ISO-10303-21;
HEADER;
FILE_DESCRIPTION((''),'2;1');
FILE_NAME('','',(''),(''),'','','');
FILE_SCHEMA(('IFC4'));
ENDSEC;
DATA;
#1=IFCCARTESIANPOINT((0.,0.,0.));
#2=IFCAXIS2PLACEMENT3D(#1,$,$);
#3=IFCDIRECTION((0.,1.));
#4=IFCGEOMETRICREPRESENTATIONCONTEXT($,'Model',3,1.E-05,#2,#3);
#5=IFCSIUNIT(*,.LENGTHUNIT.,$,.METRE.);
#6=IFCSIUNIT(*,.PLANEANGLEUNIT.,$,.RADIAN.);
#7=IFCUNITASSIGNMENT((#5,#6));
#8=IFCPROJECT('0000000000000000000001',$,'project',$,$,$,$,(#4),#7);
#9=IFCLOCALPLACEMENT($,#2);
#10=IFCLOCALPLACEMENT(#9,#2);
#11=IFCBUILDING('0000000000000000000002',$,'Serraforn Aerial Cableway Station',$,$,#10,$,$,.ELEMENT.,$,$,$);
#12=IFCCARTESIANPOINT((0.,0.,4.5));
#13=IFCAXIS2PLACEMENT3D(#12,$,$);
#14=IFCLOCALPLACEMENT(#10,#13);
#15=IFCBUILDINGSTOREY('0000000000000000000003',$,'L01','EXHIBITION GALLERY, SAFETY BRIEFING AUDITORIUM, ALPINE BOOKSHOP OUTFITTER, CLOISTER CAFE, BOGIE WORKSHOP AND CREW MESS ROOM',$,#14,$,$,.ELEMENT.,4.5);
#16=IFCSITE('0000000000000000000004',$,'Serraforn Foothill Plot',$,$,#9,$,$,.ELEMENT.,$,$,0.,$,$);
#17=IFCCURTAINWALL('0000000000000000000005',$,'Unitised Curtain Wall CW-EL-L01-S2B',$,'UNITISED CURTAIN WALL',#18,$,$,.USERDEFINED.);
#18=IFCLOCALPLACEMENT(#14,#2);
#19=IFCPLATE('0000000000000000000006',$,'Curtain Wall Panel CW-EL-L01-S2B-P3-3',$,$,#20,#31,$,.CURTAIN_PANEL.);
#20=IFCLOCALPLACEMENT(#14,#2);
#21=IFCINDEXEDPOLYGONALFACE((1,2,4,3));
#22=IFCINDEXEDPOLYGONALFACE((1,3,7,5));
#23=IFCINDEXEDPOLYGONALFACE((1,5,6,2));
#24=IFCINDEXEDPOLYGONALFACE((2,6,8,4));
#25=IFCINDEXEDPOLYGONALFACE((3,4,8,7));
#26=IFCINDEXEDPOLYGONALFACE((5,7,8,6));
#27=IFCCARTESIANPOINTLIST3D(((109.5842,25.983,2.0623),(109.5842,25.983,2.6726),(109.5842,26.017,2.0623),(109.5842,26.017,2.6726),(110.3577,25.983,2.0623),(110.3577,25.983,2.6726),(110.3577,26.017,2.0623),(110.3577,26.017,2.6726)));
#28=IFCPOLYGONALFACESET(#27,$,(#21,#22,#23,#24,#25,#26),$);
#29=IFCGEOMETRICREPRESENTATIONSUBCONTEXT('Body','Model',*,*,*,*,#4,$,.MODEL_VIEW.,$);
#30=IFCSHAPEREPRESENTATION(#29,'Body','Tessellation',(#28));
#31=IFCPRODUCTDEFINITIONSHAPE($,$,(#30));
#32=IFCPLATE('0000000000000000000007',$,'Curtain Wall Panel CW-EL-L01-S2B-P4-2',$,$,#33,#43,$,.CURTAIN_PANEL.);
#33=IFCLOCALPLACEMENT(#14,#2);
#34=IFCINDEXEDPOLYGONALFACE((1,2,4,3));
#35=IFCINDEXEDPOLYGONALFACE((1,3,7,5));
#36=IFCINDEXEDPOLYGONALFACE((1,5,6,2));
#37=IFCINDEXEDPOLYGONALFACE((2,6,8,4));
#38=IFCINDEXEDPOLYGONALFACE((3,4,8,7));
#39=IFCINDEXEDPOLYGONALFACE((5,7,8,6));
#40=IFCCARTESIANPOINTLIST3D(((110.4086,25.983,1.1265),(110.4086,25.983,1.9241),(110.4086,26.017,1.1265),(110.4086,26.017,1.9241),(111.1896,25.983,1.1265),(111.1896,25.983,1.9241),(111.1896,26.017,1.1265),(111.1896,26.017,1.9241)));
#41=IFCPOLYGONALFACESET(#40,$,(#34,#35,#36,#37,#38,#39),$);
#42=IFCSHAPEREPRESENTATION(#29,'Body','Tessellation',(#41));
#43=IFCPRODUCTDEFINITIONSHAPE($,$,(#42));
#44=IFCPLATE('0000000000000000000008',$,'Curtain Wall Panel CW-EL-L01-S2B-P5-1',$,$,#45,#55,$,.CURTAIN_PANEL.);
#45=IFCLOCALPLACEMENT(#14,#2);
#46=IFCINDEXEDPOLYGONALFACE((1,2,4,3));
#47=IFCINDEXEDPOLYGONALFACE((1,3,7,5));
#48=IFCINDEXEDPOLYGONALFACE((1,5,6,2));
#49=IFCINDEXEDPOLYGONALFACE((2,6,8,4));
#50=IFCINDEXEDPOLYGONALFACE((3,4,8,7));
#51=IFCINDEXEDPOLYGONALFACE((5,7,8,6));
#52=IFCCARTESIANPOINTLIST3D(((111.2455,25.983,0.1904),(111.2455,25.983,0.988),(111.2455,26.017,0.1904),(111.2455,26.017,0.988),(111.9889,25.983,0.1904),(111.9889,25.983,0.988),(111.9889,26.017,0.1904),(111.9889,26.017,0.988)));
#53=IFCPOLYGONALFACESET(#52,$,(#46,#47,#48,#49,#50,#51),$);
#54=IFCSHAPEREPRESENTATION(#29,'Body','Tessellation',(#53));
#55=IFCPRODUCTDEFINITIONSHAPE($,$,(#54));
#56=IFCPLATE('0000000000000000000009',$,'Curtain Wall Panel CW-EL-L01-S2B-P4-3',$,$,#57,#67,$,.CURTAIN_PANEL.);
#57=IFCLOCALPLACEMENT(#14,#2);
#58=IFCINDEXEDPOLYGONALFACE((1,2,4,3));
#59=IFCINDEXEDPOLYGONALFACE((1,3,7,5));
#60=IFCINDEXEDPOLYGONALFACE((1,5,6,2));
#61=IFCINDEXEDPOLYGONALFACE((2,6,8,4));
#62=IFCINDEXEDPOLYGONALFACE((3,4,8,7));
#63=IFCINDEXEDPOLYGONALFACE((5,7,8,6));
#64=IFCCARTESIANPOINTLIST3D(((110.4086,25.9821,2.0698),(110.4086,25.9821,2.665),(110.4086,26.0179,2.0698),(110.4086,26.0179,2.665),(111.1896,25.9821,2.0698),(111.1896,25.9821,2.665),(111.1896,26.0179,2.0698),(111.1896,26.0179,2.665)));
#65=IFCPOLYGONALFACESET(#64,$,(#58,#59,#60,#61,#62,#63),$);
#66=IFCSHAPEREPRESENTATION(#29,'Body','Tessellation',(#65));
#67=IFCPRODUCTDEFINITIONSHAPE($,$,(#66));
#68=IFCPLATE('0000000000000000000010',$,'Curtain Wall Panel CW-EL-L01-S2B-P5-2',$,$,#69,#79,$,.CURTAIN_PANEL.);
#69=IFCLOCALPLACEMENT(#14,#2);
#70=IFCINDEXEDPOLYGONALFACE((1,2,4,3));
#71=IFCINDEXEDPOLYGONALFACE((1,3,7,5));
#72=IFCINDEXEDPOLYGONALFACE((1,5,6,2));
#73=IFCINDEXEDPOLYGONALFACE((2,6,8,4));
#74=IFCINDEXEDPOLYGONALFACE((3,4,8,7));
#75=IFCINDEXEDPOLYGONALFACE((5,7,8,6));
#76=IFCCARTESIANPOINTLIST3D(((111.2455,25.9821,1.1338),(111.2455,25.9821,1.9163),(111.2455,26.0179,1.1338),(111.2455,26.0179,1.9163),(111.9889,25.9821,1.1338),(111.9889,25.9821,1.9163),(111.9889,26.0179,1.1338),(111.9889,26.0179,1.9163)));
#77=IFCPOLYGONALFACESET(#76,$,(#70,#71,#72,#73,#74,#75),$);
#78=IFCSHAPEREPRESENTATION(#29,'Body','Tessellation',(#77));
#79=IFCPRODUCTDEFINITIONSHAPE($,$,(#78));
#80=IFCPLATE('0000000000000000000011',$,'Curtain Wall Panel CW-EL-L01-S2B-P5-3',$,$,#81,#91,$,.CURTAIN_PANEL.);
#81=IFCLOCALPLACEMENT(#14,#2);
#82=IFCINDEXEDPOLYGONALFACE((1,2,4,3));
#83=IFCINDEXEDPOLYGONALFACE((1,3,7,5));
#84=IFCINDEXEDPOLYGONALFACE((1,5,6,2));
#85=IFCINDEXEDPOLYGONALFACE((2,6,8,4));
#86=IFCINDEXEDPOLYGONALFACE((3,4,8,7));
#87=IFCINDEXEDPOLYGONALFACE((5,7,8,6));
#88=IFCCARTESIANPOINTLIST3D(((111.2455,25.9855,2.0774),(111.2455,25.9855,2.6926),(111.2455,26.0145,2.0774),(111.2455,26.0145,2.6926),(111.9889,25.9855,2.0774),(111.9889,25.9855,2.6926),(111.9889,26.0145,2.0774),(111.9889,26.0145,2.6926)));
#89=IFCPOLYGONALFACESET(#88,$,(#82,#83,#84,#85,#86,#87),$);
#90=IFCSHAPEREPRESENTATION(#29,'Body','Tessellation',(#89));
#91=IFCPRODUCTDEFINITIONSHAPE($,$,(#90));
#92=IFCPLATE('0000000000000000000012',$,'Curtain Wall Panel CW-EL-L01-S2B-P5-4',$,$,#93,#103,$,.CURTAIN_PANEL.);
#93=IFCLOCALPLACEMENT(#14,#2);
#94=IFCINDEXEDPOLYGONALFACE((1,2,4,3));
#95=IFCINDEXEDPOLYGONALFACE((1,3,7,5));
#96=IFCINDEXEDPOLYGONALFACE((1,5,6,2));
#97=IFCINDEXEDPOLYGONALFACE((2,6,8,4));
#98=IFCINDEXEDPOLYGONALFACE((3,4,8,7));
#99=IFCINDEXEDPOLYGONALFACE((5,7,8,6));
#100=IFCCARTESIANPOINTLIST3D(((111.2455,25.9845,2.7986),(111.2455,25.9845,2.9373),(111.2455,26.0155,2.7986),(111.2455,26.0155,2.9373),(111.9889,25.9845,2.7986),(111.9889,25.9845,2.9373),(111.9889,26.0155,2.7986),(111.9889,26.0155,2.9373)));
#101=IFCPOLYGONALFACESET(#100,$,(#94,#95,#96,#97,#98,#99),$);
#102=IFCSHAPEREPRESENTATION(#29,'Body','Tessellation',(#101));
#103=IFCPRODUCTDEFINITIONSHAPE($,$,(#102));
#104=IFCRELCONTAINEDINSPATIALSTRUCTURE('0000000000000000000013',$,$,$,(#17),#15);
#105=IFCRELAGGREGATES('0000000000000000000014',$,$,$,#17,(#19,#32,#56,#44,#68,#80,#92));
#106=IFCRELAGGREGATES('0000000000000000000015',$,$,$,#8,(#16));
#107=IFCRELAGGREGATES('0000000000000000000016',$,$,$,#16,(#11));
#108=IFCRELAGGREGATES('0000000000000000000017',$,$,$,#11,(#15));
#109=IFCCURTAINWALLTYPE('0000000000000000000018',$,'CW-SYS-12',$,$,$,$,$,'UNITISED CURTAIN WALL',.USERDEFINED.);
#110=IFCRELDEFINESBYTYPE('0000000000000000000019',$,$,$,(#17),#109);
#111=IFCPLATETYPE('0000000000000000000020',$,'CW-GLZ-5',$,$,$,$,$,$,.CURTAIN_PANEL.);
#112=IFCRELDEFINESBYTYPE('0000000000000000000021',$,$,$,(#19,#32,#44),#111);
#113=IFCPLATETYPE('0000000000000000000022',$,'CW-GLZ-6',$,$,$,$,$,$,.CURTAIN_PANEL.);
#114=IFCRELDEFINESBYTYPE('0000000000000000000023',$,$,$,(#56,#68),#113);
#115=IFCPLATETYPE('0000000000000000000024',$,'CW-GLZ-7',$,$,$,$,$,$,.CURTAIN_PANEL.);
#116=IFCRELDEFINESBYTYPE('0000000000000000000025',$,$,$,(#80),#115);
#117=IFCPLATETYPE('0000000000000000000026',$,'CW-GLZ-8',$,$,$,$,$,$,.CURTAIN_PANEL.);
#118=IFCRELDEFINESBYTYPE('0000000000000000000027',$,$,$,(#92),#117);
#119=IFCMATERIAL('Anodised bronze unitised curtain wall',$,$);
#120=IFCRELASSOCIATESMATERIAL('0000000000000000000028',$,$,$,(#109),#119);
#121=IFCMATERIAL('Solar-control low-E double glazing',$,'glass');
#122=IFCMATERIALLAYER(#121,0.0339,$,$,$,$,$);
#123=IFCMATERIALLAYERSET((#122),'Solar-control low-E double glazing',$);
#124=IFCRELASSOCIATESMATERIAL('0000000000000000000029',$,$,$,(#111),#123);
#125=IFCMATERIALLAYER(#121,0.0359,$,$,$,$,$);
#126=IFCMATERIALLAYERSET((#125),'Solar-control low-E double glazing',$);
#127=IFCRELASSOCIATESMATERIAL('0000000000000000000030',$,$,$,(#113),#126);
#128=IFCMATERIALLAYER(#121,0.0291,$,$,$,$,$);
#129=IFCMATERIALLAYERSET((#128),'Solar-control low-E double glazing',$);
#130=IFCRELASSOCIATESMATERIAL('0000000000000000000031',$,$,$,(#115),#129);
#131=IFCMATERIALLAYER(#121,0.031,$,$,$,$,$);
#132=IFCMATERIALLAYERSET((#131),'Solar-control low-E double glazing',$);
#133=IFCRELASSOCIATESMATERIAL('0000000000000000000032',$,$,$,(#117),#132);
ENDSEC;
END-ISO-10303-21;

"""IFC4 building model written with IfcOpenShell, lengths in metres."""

from ifc_helpers import new_model, si_unit, direction, frame, origin, origin_2d, place, context, subcontext, project, spatial, rectangle, extrude, material, layer, layer_set, type_object, element, aggregate, save


model = new_model("IFC4")

# Units and contexts
model_context = context("Model", 3, precision=1e-05, world=origin(), true_north=direction((0.0, 1.0)))
body_context = subcontext(model_context, "Body", "Model", "MODEL_VIEW")
ifc_project = project(units=[si_unit("LENGTHUNIT", "METRE"), si_unit("PLANEANGLEUNIT", "RADIAN")], contexts=[model_context])

# Site, building, storey
site_placement = place(None, origin())
site = spatial("IfcSite", under=ifc_project, at=site_placement, Name="Serraforn Foothill Plot", CompositionType="ELEMENT", RefElevation=0.0)
building_placement = place(site_placement, origin())
building = spatial("IfcBuilding", under=site, at=building_placement, Name="Serraforn Aerial Cableway Station", CompositionType="ELEMENT")
storey_placement = place(building_placement, frame((0.0, 0.0, 4.5)))
storey = spatial("IfcBuildingStorey", under=building, at=storey_placement, Name="L01", Description="EXHIBITION GALLERY, SAFETY BRIEFING AUDITORIUM, ALPINE BOOKSHOP OUTFITTER, CLOISTER CAFE, BOGIE WORKSHOP AND CREW MESS ROOM", CompositionType="ELEMENT", Elevation=4.5)

# Curtain wall, plates
ifc_material_1 = material(Name="Anodised bronze unitised curtain wall")
curtain_wall_type = type_object("IfcCurtainWallType", Name="CW-SYS-12", ElementType="UNITISED CURTAIN WALL", PredefinedType="USERDEFINED", material=ifc_material_1)
curtain_wall_placement = place(storey_placement, origin())
curtain_wall = element("IfcCurtainWall", 1, at=curtain_wall_placement, inside=storey, type_object=curtain_wall_type, Name="Unitised Curtain Wall CW-EL-L01-S2B", ObjectType="UNITISED CURTAIN WALL", PredefinedType="USERDEFINED")
ifc_material_2 = material(Name="Solar-control low-E double glazing", Category="glass")
ifc_layer_1 = layer(ifc_material_2, 0.0339)
ifc_layer_set_1 = layer_set([ifc_layer_1], Name="Solar-control low-E double glazing")
plate_type_1 = type_object("IfcPlateType", Name="CW-GLZ-5", PredefinedType="CURTAIN_PANEL", material=ifc_layer_set_1)
plate_1_placement = place(storey_placement, frame((109.9709, 26.0, 2.0623), z_axis=(0.0, 0.0, 1.0), x_axis=(1.0, 0.0, 0.0)))
plate_1 = element("IfcPlate", 2, at=plate_1_placement, type_object=plate_type_1, Name="Curtain Wall Panel CW-EL-L01-S2B-P3-3", PredefinedType="CURTAIN_PANEL", context=body_context, shape_type="SweptSolid", body=[
    extrude(rectangle(XDim=0.7734, YDim=0.0339, at=origin_2d()), origin(), (0.0, 0.0, 1.0), 0.6104),
])
plate_2_placement = place(storey_placement, frame((110.7991, 26.0, 1.1265), z_axis=(0.0, 0.0, 1.0), x_axis=(1.0, 0.0, 0.0)))
plate_2 = element("IfcPlate", 3, at=plate_2_placement, type_object=plate_type_1, Name="Curtain Wall Panel CW-EL-L01-S2B-P4-2", PredefinedType="CURTAIN_PANEL", context=body_context, shape_type="SweptSolid", body=[
    extrude(rectangle(XDim=0.781, YDim=0.0339, at=origin_2d()), origin(), (0.0, 0.0, 1.0), 0.7976),
])
plate_3_placement = place(storey_placement, frame((111.6172, 26.0, 0.1904), z_axis=(0.0, 0.0, 1.0), x_axis=(1.0, 0.0, 0.0)))
plate_3 = element("IfcPlate", 4, at=plate_3_placement, type_object=plate_type_1, Name="Curtain Wall Panel CW-EL-L01-S2B-P5-1", PredefinedType="CURTAIN_PANEL", context=body_context, shape_type="SweptSolid", body=[
    extrude(rectangle(XDim=0.7434, YDim=0.0339, at=origin_2d()), origin(), (0.0, 0.0, 1.0), 0.7976),
])
ifc_layer_2 = layer(ifc_material_2, 0.0359)
ifc_layer_set_2 = layer_set([ifc_layer_2], Name="Solar-control low-E double glazing")
plate_type_2 = type_object("IfcPlateType", Name="CW-GLZ-6", PredefinedType="CURTAIN_PANEL", material=ifc_layer_set_2)
plate_4_placement = place(storey_placement, frame((110.7991, 26.0, 2.0698), z_axis=(0.0, 0.0, 1.0), x_axis=(1.0, 0.0, 0.0)))
plate_4 = element("IfcPlate", 5, at=plate_4_placement, type_object=plate_type_2, Name="Curtain Wall Panel CW-EL-L01-S2B-P4-3", PredefinedType="CURTAIN_PANEL", context=body_context, shape_type="SweptSolid", body=[
    extrude(rectangle(XDim=0.781, YDim=0.0359, at=origin_2d()), origin(), (0.0, 0.0, 1.0), 0.5952),
])
plate_5_placement = place(storey_placement, frame((111.6172, 26.0, 1.1338), z_axis=(0.0, 0.0, 1.0), x_axis=(1.0, 0.0, 0.0)))
plate_5 = element("IfcPlate", 6, at=plate_5_placement, type_object=plate_type_2, Name="Curtain Wall Panel CW-EL-L01-S2B-P5-2", PredefinedType="CURTAIN_PANEL", context=body_context, shape_type="SweptSolid", body=[
    extrude(rectangle(XDim=0.7434, YDim=0.0359, at=origin_2d()), origin(), (0.0, 0.0, 1.0), 0.7825),
])
ifc_layer_3 = layer(ifc_material_2, 0.0291)
ifc_layer_set_3 = layer_set([ifc_layer_3], Name="Solar-control low-E double glazing")
plate_type_3 = type_object("IfcPlateType", Name="CW-GLZ-7", PredefinedType="CURTAIN_PANEL", material=ifc_layer_set_3)
plate_6_placement = place(storey_placement, frame((111.6172, 26.0, 2.0774), z_axis=(0.0, 0.0, 1.0), x_axis=(1.0, 0.0, 0.0)))
plate_6 = element("IfcPlate", 7, at=plate_6_placement, type_object=plate_type_3, Name="Curtain Wall Panel CW-EL-L01-S2B-P5-3", PredefinedType="CURTAIN_PANEL", context=body_context, shape_type="SweptSolid", body=[
    extrude(rectangle(XDim=0.7434, YDim=0.0291, at=origin_2d()), origin(), (0.0, 0.0, 1.0), 0.6152),
])
ifc_layer_4 = layer(ifc_material_2, 0.031)
ifc_layer_set_4 = layer_set([ifc_layer_4], Name="Solar-control low-E double glazing")
plate_type_4 = type_object("IfcPlateType", Name="CW-GLZ-8", PredefinedType="CURTAIN_PANEL", material=ifc_layer_set_4)
plate_7_placement = place(storey_placement, frame((111.6172, 26.0, 2.7986), z_axis=(0.0, 0.0, 1.0), x_axis=(1.0, 0.0, 0.0)))
plate_7 = element("IfcPlate", 8, at=plate_7_placement, type_object=plate_type_4, Name="Curtain Wall Panel CW-EL-L01-S2B-P5-4", PredefinedType="CURTAIN_PANEL", context=body_context, shape_type="SweptSolid", body=[
    extrude(rectangle(XDim=0.7434, YDim=0.031, at=origin_2d()), origin(), (0.0, 0.0, 1.0), 0.1387),
])
aggregate(curtain_wall, [plate_1, plate_2, plate_4, plate_3, plate_5, plate_6, plate_7])

save(model, "model.ifc")
